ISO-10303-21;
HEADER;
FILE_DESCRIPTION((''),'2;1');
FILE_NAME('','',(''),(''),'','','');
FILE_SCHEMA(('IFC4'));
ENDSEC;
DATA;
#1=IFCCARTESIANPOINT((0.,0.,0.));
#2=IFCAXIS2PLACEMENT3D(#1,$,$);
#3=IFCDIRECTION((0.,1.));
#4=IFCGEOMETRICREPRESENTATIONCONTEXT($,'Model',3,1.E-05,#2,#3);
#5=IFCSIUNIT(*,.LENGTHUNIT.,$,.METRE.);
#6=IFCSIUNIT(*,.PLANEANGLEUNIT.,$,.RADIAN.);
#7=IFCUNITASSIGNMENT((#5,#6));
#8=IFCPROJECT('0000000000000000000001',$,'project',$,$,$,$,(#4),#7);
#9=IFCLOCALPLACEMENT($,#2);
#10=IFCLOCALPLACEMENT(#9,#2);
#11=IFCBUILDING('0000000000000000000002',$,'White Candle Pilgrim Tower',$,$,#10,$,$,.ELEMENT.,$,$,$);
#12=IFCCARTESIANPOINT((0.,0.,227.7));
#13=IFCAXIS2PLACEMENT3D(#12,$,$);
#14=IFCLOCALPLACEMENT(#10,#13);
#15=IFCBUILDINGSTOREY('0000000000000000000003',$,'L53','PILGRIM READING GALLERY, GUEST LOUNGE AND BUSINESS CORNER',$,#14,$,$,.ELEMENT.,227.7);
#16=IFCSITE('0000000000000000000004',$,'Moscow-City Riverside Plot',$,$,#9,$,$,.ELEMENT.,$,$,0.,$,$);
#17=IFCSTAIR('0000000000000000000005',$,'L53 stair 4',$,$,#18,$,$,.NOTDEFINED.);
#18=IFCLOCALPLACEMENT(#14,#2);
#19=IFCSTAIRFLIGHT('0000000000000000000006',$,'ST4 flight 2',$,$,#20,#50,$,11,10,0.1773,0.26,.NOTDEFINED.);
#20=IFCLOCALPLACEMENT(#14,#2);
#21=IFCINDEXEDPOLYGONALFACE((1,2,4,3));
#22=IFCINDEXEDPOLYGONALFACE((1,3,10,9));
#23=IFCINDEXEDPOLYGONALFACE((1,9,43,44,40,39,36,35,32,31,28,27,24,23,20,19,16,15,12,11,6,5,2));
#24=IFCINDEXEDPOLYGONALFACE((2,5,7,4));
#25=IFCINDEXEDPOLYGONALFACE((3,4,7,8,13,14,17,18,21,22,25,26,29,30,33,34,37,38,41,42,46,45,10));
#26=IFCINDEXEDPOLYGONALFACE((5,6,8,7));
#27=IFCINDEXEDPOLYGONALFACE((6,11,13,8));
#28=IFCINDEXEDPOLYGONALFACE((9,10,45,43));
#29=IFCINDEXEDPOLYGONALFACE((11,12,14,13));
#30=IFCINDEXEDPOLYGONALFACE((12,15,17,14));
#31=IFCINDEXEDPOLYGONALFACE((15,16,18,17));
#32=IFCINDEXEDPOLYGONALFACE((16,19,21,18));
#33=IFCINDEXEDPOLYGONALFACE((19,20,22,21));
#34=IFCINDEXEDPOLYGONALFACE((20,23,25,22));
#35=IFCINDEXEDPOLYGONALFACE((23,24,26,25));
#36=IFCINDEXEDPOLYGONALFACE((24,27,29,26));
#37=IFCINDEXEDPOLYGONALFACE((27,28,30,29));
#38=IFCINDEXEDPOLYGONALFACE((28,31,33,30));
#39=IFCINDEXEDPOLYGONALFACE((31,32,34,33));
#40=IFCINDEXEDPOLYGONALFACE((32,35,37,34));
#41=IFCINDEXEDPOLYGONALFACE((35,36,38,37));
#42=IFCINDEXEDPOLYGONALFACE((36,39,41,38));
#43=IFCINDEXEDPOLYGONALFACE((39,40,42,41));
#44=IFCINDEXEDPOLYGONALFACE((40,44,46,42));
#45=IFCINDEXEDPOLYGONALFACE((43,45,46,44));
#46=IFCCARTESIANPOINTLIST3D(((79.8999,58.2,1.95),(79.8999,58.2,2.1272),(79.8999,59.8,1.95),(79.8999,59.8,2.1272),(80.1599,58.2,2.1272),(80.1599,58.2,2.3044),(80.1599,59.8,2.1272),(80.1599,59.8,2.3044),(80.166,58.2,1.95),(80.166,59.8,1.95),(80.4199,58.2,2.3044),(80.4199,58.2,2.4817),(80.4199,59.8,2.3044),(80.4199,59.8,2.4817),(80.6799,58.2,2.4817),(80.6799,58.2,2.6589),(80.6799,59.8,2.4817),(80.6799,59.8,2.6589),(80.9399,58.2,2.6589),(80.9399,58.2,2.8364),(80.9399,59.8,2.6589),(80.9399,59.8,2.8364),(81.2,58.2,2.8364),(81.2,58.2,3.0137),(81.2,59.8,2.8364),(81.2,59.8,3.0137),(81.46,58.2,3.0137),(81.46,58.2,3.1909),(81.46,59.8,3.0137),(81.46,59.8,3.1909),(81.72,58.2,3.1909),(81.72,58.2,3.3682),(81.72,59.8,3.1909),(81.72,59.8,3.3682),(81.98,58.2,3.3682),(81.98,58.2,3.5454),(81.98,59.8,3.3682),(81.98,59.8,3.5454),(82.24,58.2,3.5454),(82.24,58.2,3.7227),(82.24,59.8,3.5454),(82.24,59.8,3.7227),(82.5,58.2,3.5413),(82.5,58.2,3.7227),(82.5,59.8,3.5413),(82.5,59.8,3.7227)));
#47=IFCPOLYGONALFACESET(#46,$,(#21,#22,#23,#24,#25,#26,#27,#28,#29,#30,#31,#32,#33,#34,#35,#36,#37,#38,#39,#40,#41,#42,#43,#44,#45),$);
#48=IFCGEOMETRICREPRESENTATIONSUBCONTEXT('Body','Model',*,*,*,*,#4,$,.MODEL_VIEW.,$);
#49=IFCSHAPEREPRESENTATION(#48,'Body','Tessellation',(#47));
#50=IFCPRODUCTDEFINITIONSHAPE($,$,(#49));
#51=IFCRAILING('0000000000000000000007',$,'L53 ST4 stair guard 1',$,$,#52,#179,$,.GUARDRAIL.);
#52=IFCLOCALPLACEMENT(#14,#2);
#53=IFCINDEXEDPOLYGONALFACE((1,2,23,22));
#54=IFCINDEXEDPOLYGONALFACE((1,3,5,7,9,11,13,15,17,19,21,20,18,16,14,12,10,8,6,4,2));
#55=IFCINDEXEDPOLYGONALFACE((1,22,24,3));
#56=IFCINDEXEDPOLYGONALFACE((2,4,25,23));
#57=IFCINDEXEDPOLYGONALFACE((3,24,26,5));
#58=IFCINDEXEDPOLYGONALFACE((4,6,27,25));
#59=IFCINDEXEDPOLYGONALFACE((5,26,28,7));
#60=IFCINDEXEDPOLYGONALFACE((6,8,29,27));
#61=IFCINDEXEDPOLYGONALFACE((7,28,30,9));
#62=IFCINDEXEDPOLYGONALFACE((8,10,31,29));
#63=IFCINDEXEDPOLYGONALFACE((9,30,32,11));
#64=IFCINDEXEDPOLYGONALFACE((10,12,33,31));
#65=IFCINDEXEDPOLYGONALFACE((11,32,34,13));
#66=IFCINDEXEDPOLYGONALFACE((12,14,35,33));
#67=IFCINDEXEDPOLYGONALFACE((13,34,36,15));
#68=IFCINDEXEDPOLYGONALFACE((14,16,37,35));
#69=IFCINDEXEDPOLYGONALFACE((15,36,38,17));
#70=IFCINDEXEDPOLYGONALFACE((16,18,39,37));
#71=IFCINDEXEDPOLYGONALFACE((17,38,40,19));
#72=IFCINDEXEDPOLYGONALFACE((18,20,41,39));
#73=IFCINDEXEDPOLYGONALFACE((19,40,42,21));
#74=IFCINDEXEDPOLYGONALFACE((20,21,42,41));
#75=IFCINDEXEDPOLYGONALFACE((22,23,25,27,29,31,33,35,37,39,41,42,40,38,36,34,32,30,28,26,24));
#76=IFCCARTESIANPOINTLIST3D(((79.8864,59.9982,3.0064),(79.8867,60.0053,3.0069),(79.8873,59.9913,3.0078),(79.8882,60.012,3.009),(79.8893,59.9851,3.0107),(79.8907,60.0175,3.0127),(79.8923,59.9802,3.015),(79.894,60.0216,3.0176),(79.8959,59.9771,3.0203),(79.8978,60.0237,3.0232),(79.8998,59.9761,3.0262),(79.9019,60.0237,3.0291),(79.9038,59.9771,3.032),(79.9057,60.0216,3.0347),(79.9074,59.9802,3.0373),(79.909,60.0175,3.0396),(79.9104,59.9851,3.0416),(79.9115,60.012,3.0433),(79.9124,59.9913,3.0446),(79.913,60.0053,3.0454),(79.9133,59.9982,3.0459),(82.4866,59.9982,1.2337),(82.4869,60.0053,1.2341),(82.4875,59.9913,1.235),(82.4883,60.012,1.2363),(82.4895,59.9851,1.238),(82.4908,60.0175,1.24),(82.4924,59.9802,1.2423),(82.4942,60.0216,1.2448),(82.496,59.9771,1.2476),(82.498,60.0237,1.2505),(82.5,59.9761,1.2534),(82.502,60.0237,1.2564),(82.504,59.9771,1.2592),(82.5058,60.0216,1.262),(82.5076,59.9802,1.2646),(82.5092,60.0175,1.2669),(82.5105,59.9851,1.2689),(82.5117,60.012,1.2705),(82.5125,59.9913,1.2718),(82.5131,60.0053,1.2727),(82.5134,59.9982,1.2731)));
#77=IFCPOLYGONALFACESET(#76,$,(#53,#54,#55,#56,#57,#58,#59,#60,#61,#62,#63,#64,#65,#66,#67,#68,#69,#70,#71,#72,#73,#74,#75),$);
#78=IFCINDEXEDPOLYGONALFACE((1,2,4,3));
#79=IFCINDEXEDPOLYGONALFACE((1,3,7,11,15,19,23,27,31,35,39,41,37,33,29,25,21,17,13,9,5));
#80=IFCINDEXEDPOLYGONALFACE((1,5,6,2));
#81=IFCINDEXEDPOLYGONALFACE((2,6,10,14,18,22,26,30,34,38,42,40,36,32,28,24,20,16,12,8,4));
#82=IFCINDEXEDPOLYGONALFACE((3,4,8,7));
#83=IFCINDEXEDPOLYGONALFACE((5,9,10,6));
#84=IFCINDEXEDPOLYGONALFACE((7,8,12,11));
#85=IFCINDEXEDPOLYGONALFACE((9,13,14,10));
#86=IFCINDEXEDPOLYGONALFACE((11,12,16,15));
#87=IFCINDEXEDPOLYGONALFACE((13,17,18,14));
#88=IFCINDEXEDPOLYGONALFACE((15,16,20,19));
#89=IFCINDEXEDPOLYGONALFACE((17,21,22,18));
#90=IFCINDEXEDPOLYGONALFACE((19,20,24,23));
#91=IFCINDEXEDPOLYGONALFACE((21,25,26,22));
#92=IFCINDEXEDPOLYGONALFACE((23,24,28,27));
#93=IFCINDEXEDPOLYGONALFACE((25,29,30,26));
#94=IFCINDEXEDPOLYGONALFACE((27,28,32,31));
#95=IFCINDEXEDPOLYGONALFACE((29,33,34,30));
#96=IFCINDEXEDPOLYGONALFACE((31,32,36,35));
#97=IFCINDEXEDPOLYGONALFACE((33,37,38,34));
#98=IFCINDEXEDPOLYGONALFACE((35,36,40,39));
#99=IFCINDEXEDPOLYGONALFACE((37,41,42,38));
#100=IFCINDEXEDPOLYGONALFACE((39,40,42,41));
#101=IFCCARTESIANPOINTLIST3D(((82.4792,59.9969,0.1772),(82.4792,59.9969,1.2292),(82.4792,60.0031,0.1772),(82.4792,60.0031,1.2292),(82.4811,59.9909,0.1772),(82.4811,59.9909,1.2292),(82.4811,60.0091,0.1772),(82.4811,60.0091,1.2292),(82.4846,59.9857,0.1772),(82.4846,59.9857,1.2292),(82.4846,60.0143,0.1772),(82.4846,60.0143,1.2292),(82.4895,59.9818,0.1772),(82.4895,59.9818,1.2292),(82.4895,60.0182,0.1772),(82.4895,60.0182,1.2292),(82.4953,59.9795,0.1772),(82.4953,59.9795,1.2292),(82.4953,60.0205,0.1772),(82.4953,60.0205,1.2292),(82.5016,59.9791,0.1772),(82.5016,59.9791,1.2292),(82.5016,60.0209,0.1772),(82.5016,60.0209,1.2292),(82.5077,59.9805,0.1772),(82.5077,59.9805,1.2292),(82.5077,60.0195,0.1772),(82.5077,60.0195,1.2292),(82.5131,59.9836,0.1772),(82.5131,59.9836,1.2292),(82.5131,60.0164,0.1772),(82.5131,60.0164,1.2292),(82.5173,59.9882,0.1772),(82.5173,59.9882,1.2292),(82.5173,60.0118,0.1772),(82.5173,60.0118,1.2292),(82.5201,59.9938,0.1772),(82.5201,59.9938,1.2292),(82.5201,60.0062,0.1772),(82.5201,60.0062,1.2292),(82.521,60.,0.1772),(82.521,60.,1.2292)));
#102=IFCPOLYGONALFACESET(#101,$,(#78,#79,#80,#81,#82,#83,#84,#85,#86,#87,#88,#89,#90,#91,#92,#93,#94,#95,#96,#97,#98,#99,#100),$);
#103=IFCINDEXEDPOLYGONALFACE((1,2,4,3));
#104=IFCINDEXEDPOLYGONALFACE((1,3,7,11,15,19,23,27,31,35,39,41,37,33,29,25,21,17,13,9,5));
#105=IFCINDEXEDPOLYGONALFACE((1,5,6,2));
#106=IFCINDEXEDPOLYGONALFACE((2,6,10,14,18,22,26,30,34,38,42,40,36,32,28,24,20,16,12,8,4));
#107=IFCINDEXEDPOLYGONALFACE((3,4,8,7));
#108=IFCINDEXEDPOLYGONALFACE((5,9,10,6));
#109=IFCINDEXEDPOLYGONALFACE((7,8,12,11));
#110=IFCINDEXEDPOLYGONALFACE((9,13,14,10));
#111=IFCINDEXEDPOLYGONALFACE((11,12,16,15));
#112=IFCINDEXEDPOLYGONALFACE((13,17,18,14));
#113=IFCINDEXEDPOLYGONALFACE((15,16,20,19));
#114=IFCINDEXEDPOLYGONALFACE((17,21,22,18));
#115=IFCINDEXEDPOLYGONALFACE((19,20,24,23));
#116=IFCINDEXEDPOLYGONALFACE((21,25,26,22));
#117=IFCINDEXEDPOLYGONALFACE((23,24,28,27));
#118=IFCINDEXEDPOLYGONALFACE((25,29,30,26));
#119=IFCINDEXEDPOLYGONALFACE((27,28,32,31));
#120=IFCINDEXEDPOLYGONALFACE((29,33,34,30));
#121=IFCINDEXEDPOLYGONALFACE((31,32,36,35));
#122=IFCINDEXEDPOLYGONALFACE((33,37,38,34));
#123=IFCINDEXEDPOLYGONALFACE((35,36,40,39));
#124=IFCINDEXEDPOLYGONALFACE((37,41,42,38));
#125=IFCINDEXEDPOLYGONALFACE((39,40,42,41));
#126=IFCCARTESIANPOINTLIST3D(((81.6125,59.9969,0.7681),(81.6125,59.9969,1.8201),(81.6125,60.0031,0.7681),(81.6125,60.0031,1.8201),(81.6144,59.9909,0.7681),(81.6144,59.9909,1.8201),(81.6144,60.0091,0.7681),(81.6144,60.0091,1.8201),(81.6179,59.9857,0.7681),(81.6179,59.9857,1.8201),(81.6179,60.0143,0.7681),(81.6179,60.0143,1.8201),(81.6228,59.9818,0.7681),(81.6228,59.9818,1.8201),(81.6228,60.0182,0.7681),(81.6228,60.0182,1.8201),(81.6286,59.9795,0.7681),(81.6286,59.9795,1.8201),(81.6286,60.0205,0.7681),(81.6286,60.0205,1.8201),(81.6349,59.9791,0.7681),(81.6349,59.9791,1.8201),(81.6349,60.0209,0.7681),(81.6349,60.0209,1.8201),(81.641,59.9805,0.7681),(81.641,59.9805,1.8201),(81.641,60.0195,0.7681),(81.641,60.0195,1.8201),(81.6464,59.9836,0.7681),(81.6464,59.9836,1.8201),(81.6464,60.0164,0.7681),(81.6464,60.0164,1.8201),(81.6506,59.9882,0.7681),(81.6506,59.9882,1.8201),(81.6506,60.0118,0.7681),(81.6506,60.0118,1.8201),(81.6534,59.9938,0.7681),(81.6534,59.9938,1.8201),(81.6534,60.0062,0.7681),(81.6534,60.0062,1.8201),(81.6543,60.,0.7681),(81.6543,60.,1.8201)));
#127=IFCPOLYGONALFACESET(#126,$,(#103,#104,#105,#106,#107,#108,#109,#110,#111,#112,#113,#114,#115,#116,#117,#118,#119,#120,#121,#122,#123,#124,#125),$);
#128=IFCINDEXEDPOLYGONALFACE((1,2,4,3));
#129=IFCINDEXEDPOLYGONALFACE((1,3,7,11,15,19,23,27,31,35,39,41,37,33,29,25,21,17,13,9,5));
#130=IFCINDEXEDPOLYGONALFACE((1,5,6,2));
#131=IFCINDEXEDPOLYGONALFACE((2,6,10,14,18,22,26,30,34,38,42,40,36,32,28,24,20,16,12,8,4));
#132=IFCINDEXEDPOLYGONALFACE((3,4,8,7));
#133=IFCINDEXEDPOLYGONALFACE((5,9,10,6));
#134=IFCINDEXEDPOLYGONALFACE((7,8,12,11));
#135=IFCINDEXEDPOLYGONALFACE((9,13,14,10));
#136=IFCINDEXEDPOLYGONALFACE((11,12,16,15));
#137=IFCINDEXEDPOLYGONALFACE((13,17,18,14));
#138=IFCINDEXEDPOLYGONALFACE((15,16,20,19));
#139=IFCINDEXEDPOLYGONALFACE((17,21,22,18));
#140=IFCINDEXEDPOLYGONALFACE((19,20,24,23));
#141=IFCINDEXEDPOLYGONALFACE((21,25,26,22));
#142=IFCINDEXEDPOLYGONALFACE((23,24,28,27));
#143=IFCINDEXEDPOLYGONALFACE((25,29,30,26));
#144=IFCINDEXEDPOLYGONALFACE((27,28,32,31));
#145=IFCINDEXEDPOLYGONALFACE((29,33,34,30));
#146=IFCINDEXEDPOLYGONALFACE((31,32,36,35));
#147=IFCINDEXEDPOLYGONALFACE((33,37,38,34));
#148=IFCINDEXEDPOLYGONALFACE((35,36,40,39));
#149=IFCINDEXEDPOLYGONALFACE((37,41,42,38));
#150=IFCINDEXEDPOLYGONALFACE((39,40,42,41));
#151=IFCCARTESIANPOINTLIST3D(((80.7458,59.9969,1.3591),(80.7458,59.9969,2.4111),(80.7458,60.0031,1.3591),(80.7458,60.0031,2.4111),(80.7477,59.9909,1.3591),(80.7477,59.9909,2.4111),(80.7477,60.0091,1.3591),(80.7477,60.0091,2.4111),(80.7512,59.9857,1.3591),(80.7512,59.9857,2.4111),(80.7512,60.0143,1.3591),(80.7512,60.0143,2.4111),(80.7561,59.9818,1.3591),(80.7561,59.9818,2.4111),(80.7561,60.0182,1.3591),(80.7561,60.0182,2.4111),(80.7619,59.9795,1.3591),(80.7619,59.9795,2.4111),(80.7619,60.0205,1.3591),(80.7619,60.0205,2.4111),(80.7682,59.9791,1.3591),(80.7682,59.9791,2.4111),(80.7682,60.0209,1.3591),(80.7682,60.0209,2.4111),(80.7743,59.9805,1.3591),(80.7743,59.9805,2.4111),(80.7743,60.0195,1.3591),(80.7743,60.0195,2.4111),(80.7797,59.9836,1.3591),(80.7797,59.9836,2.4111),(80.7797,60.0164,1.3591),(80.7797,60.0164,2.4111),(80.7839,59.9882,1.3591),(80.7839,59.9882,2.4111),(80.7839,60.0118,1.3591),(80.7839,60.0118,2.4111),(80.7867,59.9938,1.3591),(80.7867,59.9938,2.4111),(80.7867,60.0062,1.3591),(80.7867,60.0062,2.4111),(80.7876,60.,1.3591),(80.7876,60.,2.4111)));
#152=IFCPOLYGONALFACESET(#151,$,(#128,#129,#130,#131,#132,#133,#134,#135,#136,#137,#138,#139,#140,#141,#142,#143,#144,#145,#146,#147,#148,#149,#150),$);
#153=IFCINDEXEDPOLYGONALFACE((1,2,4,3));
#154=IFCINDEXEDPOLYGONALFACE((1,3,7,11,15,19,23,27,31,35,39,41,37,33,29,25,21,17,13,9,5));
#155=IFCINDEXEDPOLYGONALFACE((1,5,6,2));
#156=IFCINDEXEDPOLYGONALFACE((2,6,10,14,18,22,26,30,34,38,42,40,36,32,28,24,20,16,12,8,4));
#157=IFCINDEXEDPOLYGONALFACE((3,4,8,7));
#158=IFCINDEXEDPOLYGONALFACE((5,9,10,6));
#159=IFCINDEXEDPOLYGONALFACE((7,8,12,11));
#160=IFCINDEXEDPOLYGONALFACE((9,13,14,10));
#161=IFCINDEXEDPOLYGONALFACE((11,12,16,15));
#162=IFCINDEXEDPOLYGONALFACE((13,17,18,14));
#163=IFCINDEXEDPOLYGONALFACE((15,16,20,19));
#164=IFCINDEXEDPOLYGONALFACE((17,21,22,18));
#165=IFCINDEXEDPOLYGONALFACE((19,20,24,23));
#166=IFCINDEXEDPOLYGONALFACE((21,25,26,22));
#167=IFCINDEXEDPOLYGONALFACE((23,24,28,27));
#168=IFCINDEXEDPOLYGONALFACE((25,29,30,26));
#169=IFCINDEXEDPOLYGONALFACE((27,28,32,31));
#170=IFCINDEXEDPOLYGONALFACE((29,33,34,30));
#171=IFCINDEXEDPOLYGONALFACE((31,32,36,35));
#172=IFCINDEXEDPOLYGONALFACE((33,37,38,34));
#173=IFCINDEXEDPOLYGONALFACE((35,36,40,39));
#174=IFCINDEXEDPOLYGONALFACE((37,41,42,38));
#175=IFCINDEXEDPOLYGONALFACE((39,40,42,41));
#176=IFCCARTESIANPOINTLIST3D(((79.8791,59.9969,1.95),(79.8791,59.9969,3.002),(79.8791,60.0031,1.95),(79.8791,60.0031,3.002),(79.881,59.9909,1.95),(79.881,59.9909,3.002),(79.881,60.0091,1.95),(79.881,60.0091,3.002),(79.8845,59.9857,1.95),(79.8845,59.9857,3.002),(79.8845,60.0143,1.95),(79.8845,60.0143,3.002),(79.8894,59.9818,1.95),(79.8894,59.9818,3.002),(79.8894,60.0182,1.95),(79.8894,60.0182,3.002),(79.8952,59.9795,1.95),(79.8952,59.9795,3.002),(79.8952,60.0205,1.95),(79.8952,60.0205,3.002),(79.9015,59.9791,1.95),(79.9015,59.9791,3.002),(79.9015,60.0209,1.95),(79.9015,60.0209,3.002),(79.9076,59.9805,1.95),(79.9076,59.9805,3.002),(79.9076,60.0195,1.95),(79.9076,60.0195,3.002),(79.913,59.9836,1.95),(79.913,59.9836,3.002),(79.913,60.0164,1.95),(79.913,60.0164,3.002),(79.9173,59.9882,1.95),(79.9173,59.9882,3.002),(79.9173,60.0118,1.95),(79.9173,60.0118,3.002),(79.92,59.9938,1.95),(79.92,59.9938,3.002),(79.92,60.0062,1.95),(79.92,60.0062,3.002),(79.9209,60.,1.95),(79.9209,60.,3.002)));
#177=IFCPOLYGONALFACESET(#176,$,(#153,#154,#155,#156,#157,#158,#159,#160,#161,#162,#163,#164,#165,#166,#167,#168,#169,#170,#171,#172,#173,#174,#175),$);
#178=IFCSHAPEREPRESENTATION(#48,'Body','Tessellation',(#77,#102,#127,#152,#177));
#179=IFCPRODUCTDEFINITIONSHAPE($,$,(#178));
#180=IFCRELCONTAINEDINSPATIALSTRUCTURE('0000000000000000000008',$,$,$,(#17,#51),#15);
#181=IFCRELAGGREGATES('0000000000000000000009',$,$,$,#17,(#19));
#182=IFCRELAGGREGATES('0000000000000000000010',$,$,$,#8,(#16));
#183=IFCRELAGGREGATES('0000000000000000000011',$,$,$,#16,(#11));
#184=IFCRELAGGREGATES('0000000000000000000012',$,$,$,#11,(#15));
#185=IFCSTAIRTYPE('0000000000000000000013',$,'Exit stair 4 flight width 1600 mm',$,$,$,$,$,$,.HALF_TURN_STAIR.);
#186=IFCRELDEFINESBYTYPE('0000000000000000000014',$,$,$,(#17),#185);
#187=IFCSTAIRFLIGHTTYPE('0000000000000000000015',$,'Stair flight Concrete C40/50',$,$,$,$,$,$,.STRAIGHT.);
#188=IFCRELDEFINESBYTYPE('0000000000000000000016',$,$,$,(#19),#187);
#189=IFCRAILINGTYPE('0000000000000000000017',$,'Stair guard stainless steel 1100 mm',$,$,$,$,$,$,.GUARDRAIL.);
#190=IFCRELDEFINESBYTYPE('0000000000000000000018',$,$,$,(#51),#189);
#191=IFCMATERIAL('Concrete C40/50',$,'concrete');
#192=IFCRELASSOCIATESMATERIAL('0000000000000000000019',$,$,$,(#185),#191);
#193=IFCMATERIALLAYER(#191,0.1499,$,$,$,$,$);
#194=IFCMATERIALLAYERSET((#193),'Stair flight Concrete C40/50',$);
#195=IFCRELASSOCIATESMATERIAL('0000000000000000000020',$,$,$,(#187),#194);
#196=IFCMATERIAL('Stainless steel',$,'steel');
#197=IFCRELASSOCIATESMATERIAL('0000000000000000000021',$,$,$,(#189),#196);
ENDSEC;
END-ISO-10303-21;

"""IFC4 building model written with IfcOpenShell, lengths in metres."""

from ifc_helpers import new_model, si_unit, direction, frame, origin, origin_2d, place, context, subcontext, project, spatial, polyline, circle, outline, extrude, material, layer, layer_set, type_object, element, aggregate, save


model = new_model("IFC4")

# Units and contexts
model_context = context("Model", 3, precision=1e-05, world=origin(), true_north=direction((0.0, 1.0)))
body_context = subcontext(model_context, "Body", "Model", "MODEL_VIEW")
ifc_project = project(units=[si_unit("LENGTHUNIT", "METRE"), si_unit("PLANEANGLEUNIT", "RADIAN")], contexts=[model_context])

# Site, building, storey
site_placement = place(None, origin())
site = spatial("IfcSite", under=ifc_project, at=site_placement, Name="Moscow-City Riverside Plot", CompositionType="ELEMENT", RefElevation=0.0)
building_placement = place(site_placement, origin())
building = spatial("IfcBuilding", under=site, at=building_placement, Name="White Candle Pilgrim Tower", CompositionType="ELEMENT")
storey_placement = place(building_placement, frame((0.0, 0.0, 227.7)))
storey = spatial("IfcBuildingStorey", under=building, at=storey_placement, Name="L53", Description="PILGRIM READING GALLERY, GUEST LOUNGE AND BUSINESS CORNER", CompositionType="ELEMENT", Elevation=227.7)

# Stair, stair flight
ifc_material_1 = material(Name="Concrete C40/50", Category="concrete")
stair_type = type_object("IfcStairType", Name="Exit stair 4 flight width 1600 mm", PredefinedType="HALF_TURN_STAIR", material=ifc_material_1)
stair_placement = place(storey_placement, origin())
stair = element("IfcStair", 1, at=stair_placement, inside=storey, type_object=stair_type, Name="L53 stair 4", PredefinedType="NOTDEFINED")
ifc_layer_1 = layer(ifc_material_1, 0.1499)
ifc_layer_set_1 = layer_set([ifc_layer_1], Name="Stair flight Concrete C40/50")
stair_flight_type = type_object("IfcStairFlightType", Name="Stair flight Concrete C40/50", PredefinedType="STRAIGHT", material=ifc_layer_set_1)
stair_flight_placement = place(storey_placement, frame((79.8999, 59.0, 1.95), z_axis=(0.0, 0.0, 1.0), x_axis=(1.0, 0.0, 0.0)))
stair_flight = element("IfcStairFlight", 2, at=stair_flight_placement, type_object=stair_flight_type, Name="ST4 flight 2", NumberOfRisers=11, NumberOfTreads=10, PredefinedType="NOTDEFINED", RiserHeight=0.1773, TreadLength=0.26, context=body_context, shape_type="SweptSolid", body=[
    extrude(outline(polyline([(0.0, 0.0), (0.0, 0.1772), (0.26, 0.1772), (0.26, 0.3545), (0.52, 0.3545), (0.52, 0.5317), (0.78, 0.5317), (0.78, 0.709), (1.04, 0.709), (1.04, 0.8865), (1.3, 0.8865), (1.3, 1.0637), (1.5601, 1.0637), (1.5601, 1.241), (1.8201, 1.241), (1.8201, 1.4182), (2.0801, 1.4182), (2.0801, 1.5955), (2.3401, 1.5955), (2.3401, 1.7727), (2.6001, 1.7727), (2.6001, 1.95), (2.6001, 1.5913), (0.2661, 0.0), (0.0, 0.0)])), frame((0.0, 0.8, 0.0), z_axis=(0.0, -1.0, 0.0), x_axis=(1.0, 0.0, 0.0)), (0.0, 0.0, 1.0), 1.6001),
])
aggregate(stair, [stair_flight])

# Railing
ifc_material_2 = material(Name="Stainless steel", Category="steel")
railing_type_1 = type_object("IfcRailingType", Name="Stair guard stainless steel 1100 mm", PredefinedType="GUARDRAIL", material=ifc_material_2)
railing_1_placement = place(storey_placement, frame((82.5, 60.0, 0.1772)))
element("IfcRailing", 3, at=railing_1_placement, inside=storey, type_object=railing_type_1, Name="L53 ST4 stair guard 1", PredefinedType="GUARDRAIL", context=body_context, shape_type="SweptSolid", body=[
    extrude(circle(Radius=0.0239, at=origin_2d()), frame((0.0, 0.0, 1.0762), z_axis=(-0.82624, 0.0, 0.563318), x_axis=(0.0, -1.0, 0.0)), (0.0, 0.0, 1.0), 3.147),
    extrude(circle(Radius=0.021, at=origin_2d()), origin(), (0.0, 0.0, 1.0), 1.052),
    extrude(circle(Radius=0.021, at=origin_2d()), frame((-0.8667, 0.0, 0.5908)), (0.0, 0.0, 1.0), 1.052),
    extrude(circle(Radius=0.021, at=origin_2d()), frame((-1.7334, 0.0, 1.1819)), (0.0, 0.0, 1.0), 1.052),
    extrude(circle(Radius=0.021, at=origin_2d()), frame((-2.6001, 0.0, 1.7727)), (0.0, 0.0, 1.0), 1.052),
])

save(model, "model.ifc")
